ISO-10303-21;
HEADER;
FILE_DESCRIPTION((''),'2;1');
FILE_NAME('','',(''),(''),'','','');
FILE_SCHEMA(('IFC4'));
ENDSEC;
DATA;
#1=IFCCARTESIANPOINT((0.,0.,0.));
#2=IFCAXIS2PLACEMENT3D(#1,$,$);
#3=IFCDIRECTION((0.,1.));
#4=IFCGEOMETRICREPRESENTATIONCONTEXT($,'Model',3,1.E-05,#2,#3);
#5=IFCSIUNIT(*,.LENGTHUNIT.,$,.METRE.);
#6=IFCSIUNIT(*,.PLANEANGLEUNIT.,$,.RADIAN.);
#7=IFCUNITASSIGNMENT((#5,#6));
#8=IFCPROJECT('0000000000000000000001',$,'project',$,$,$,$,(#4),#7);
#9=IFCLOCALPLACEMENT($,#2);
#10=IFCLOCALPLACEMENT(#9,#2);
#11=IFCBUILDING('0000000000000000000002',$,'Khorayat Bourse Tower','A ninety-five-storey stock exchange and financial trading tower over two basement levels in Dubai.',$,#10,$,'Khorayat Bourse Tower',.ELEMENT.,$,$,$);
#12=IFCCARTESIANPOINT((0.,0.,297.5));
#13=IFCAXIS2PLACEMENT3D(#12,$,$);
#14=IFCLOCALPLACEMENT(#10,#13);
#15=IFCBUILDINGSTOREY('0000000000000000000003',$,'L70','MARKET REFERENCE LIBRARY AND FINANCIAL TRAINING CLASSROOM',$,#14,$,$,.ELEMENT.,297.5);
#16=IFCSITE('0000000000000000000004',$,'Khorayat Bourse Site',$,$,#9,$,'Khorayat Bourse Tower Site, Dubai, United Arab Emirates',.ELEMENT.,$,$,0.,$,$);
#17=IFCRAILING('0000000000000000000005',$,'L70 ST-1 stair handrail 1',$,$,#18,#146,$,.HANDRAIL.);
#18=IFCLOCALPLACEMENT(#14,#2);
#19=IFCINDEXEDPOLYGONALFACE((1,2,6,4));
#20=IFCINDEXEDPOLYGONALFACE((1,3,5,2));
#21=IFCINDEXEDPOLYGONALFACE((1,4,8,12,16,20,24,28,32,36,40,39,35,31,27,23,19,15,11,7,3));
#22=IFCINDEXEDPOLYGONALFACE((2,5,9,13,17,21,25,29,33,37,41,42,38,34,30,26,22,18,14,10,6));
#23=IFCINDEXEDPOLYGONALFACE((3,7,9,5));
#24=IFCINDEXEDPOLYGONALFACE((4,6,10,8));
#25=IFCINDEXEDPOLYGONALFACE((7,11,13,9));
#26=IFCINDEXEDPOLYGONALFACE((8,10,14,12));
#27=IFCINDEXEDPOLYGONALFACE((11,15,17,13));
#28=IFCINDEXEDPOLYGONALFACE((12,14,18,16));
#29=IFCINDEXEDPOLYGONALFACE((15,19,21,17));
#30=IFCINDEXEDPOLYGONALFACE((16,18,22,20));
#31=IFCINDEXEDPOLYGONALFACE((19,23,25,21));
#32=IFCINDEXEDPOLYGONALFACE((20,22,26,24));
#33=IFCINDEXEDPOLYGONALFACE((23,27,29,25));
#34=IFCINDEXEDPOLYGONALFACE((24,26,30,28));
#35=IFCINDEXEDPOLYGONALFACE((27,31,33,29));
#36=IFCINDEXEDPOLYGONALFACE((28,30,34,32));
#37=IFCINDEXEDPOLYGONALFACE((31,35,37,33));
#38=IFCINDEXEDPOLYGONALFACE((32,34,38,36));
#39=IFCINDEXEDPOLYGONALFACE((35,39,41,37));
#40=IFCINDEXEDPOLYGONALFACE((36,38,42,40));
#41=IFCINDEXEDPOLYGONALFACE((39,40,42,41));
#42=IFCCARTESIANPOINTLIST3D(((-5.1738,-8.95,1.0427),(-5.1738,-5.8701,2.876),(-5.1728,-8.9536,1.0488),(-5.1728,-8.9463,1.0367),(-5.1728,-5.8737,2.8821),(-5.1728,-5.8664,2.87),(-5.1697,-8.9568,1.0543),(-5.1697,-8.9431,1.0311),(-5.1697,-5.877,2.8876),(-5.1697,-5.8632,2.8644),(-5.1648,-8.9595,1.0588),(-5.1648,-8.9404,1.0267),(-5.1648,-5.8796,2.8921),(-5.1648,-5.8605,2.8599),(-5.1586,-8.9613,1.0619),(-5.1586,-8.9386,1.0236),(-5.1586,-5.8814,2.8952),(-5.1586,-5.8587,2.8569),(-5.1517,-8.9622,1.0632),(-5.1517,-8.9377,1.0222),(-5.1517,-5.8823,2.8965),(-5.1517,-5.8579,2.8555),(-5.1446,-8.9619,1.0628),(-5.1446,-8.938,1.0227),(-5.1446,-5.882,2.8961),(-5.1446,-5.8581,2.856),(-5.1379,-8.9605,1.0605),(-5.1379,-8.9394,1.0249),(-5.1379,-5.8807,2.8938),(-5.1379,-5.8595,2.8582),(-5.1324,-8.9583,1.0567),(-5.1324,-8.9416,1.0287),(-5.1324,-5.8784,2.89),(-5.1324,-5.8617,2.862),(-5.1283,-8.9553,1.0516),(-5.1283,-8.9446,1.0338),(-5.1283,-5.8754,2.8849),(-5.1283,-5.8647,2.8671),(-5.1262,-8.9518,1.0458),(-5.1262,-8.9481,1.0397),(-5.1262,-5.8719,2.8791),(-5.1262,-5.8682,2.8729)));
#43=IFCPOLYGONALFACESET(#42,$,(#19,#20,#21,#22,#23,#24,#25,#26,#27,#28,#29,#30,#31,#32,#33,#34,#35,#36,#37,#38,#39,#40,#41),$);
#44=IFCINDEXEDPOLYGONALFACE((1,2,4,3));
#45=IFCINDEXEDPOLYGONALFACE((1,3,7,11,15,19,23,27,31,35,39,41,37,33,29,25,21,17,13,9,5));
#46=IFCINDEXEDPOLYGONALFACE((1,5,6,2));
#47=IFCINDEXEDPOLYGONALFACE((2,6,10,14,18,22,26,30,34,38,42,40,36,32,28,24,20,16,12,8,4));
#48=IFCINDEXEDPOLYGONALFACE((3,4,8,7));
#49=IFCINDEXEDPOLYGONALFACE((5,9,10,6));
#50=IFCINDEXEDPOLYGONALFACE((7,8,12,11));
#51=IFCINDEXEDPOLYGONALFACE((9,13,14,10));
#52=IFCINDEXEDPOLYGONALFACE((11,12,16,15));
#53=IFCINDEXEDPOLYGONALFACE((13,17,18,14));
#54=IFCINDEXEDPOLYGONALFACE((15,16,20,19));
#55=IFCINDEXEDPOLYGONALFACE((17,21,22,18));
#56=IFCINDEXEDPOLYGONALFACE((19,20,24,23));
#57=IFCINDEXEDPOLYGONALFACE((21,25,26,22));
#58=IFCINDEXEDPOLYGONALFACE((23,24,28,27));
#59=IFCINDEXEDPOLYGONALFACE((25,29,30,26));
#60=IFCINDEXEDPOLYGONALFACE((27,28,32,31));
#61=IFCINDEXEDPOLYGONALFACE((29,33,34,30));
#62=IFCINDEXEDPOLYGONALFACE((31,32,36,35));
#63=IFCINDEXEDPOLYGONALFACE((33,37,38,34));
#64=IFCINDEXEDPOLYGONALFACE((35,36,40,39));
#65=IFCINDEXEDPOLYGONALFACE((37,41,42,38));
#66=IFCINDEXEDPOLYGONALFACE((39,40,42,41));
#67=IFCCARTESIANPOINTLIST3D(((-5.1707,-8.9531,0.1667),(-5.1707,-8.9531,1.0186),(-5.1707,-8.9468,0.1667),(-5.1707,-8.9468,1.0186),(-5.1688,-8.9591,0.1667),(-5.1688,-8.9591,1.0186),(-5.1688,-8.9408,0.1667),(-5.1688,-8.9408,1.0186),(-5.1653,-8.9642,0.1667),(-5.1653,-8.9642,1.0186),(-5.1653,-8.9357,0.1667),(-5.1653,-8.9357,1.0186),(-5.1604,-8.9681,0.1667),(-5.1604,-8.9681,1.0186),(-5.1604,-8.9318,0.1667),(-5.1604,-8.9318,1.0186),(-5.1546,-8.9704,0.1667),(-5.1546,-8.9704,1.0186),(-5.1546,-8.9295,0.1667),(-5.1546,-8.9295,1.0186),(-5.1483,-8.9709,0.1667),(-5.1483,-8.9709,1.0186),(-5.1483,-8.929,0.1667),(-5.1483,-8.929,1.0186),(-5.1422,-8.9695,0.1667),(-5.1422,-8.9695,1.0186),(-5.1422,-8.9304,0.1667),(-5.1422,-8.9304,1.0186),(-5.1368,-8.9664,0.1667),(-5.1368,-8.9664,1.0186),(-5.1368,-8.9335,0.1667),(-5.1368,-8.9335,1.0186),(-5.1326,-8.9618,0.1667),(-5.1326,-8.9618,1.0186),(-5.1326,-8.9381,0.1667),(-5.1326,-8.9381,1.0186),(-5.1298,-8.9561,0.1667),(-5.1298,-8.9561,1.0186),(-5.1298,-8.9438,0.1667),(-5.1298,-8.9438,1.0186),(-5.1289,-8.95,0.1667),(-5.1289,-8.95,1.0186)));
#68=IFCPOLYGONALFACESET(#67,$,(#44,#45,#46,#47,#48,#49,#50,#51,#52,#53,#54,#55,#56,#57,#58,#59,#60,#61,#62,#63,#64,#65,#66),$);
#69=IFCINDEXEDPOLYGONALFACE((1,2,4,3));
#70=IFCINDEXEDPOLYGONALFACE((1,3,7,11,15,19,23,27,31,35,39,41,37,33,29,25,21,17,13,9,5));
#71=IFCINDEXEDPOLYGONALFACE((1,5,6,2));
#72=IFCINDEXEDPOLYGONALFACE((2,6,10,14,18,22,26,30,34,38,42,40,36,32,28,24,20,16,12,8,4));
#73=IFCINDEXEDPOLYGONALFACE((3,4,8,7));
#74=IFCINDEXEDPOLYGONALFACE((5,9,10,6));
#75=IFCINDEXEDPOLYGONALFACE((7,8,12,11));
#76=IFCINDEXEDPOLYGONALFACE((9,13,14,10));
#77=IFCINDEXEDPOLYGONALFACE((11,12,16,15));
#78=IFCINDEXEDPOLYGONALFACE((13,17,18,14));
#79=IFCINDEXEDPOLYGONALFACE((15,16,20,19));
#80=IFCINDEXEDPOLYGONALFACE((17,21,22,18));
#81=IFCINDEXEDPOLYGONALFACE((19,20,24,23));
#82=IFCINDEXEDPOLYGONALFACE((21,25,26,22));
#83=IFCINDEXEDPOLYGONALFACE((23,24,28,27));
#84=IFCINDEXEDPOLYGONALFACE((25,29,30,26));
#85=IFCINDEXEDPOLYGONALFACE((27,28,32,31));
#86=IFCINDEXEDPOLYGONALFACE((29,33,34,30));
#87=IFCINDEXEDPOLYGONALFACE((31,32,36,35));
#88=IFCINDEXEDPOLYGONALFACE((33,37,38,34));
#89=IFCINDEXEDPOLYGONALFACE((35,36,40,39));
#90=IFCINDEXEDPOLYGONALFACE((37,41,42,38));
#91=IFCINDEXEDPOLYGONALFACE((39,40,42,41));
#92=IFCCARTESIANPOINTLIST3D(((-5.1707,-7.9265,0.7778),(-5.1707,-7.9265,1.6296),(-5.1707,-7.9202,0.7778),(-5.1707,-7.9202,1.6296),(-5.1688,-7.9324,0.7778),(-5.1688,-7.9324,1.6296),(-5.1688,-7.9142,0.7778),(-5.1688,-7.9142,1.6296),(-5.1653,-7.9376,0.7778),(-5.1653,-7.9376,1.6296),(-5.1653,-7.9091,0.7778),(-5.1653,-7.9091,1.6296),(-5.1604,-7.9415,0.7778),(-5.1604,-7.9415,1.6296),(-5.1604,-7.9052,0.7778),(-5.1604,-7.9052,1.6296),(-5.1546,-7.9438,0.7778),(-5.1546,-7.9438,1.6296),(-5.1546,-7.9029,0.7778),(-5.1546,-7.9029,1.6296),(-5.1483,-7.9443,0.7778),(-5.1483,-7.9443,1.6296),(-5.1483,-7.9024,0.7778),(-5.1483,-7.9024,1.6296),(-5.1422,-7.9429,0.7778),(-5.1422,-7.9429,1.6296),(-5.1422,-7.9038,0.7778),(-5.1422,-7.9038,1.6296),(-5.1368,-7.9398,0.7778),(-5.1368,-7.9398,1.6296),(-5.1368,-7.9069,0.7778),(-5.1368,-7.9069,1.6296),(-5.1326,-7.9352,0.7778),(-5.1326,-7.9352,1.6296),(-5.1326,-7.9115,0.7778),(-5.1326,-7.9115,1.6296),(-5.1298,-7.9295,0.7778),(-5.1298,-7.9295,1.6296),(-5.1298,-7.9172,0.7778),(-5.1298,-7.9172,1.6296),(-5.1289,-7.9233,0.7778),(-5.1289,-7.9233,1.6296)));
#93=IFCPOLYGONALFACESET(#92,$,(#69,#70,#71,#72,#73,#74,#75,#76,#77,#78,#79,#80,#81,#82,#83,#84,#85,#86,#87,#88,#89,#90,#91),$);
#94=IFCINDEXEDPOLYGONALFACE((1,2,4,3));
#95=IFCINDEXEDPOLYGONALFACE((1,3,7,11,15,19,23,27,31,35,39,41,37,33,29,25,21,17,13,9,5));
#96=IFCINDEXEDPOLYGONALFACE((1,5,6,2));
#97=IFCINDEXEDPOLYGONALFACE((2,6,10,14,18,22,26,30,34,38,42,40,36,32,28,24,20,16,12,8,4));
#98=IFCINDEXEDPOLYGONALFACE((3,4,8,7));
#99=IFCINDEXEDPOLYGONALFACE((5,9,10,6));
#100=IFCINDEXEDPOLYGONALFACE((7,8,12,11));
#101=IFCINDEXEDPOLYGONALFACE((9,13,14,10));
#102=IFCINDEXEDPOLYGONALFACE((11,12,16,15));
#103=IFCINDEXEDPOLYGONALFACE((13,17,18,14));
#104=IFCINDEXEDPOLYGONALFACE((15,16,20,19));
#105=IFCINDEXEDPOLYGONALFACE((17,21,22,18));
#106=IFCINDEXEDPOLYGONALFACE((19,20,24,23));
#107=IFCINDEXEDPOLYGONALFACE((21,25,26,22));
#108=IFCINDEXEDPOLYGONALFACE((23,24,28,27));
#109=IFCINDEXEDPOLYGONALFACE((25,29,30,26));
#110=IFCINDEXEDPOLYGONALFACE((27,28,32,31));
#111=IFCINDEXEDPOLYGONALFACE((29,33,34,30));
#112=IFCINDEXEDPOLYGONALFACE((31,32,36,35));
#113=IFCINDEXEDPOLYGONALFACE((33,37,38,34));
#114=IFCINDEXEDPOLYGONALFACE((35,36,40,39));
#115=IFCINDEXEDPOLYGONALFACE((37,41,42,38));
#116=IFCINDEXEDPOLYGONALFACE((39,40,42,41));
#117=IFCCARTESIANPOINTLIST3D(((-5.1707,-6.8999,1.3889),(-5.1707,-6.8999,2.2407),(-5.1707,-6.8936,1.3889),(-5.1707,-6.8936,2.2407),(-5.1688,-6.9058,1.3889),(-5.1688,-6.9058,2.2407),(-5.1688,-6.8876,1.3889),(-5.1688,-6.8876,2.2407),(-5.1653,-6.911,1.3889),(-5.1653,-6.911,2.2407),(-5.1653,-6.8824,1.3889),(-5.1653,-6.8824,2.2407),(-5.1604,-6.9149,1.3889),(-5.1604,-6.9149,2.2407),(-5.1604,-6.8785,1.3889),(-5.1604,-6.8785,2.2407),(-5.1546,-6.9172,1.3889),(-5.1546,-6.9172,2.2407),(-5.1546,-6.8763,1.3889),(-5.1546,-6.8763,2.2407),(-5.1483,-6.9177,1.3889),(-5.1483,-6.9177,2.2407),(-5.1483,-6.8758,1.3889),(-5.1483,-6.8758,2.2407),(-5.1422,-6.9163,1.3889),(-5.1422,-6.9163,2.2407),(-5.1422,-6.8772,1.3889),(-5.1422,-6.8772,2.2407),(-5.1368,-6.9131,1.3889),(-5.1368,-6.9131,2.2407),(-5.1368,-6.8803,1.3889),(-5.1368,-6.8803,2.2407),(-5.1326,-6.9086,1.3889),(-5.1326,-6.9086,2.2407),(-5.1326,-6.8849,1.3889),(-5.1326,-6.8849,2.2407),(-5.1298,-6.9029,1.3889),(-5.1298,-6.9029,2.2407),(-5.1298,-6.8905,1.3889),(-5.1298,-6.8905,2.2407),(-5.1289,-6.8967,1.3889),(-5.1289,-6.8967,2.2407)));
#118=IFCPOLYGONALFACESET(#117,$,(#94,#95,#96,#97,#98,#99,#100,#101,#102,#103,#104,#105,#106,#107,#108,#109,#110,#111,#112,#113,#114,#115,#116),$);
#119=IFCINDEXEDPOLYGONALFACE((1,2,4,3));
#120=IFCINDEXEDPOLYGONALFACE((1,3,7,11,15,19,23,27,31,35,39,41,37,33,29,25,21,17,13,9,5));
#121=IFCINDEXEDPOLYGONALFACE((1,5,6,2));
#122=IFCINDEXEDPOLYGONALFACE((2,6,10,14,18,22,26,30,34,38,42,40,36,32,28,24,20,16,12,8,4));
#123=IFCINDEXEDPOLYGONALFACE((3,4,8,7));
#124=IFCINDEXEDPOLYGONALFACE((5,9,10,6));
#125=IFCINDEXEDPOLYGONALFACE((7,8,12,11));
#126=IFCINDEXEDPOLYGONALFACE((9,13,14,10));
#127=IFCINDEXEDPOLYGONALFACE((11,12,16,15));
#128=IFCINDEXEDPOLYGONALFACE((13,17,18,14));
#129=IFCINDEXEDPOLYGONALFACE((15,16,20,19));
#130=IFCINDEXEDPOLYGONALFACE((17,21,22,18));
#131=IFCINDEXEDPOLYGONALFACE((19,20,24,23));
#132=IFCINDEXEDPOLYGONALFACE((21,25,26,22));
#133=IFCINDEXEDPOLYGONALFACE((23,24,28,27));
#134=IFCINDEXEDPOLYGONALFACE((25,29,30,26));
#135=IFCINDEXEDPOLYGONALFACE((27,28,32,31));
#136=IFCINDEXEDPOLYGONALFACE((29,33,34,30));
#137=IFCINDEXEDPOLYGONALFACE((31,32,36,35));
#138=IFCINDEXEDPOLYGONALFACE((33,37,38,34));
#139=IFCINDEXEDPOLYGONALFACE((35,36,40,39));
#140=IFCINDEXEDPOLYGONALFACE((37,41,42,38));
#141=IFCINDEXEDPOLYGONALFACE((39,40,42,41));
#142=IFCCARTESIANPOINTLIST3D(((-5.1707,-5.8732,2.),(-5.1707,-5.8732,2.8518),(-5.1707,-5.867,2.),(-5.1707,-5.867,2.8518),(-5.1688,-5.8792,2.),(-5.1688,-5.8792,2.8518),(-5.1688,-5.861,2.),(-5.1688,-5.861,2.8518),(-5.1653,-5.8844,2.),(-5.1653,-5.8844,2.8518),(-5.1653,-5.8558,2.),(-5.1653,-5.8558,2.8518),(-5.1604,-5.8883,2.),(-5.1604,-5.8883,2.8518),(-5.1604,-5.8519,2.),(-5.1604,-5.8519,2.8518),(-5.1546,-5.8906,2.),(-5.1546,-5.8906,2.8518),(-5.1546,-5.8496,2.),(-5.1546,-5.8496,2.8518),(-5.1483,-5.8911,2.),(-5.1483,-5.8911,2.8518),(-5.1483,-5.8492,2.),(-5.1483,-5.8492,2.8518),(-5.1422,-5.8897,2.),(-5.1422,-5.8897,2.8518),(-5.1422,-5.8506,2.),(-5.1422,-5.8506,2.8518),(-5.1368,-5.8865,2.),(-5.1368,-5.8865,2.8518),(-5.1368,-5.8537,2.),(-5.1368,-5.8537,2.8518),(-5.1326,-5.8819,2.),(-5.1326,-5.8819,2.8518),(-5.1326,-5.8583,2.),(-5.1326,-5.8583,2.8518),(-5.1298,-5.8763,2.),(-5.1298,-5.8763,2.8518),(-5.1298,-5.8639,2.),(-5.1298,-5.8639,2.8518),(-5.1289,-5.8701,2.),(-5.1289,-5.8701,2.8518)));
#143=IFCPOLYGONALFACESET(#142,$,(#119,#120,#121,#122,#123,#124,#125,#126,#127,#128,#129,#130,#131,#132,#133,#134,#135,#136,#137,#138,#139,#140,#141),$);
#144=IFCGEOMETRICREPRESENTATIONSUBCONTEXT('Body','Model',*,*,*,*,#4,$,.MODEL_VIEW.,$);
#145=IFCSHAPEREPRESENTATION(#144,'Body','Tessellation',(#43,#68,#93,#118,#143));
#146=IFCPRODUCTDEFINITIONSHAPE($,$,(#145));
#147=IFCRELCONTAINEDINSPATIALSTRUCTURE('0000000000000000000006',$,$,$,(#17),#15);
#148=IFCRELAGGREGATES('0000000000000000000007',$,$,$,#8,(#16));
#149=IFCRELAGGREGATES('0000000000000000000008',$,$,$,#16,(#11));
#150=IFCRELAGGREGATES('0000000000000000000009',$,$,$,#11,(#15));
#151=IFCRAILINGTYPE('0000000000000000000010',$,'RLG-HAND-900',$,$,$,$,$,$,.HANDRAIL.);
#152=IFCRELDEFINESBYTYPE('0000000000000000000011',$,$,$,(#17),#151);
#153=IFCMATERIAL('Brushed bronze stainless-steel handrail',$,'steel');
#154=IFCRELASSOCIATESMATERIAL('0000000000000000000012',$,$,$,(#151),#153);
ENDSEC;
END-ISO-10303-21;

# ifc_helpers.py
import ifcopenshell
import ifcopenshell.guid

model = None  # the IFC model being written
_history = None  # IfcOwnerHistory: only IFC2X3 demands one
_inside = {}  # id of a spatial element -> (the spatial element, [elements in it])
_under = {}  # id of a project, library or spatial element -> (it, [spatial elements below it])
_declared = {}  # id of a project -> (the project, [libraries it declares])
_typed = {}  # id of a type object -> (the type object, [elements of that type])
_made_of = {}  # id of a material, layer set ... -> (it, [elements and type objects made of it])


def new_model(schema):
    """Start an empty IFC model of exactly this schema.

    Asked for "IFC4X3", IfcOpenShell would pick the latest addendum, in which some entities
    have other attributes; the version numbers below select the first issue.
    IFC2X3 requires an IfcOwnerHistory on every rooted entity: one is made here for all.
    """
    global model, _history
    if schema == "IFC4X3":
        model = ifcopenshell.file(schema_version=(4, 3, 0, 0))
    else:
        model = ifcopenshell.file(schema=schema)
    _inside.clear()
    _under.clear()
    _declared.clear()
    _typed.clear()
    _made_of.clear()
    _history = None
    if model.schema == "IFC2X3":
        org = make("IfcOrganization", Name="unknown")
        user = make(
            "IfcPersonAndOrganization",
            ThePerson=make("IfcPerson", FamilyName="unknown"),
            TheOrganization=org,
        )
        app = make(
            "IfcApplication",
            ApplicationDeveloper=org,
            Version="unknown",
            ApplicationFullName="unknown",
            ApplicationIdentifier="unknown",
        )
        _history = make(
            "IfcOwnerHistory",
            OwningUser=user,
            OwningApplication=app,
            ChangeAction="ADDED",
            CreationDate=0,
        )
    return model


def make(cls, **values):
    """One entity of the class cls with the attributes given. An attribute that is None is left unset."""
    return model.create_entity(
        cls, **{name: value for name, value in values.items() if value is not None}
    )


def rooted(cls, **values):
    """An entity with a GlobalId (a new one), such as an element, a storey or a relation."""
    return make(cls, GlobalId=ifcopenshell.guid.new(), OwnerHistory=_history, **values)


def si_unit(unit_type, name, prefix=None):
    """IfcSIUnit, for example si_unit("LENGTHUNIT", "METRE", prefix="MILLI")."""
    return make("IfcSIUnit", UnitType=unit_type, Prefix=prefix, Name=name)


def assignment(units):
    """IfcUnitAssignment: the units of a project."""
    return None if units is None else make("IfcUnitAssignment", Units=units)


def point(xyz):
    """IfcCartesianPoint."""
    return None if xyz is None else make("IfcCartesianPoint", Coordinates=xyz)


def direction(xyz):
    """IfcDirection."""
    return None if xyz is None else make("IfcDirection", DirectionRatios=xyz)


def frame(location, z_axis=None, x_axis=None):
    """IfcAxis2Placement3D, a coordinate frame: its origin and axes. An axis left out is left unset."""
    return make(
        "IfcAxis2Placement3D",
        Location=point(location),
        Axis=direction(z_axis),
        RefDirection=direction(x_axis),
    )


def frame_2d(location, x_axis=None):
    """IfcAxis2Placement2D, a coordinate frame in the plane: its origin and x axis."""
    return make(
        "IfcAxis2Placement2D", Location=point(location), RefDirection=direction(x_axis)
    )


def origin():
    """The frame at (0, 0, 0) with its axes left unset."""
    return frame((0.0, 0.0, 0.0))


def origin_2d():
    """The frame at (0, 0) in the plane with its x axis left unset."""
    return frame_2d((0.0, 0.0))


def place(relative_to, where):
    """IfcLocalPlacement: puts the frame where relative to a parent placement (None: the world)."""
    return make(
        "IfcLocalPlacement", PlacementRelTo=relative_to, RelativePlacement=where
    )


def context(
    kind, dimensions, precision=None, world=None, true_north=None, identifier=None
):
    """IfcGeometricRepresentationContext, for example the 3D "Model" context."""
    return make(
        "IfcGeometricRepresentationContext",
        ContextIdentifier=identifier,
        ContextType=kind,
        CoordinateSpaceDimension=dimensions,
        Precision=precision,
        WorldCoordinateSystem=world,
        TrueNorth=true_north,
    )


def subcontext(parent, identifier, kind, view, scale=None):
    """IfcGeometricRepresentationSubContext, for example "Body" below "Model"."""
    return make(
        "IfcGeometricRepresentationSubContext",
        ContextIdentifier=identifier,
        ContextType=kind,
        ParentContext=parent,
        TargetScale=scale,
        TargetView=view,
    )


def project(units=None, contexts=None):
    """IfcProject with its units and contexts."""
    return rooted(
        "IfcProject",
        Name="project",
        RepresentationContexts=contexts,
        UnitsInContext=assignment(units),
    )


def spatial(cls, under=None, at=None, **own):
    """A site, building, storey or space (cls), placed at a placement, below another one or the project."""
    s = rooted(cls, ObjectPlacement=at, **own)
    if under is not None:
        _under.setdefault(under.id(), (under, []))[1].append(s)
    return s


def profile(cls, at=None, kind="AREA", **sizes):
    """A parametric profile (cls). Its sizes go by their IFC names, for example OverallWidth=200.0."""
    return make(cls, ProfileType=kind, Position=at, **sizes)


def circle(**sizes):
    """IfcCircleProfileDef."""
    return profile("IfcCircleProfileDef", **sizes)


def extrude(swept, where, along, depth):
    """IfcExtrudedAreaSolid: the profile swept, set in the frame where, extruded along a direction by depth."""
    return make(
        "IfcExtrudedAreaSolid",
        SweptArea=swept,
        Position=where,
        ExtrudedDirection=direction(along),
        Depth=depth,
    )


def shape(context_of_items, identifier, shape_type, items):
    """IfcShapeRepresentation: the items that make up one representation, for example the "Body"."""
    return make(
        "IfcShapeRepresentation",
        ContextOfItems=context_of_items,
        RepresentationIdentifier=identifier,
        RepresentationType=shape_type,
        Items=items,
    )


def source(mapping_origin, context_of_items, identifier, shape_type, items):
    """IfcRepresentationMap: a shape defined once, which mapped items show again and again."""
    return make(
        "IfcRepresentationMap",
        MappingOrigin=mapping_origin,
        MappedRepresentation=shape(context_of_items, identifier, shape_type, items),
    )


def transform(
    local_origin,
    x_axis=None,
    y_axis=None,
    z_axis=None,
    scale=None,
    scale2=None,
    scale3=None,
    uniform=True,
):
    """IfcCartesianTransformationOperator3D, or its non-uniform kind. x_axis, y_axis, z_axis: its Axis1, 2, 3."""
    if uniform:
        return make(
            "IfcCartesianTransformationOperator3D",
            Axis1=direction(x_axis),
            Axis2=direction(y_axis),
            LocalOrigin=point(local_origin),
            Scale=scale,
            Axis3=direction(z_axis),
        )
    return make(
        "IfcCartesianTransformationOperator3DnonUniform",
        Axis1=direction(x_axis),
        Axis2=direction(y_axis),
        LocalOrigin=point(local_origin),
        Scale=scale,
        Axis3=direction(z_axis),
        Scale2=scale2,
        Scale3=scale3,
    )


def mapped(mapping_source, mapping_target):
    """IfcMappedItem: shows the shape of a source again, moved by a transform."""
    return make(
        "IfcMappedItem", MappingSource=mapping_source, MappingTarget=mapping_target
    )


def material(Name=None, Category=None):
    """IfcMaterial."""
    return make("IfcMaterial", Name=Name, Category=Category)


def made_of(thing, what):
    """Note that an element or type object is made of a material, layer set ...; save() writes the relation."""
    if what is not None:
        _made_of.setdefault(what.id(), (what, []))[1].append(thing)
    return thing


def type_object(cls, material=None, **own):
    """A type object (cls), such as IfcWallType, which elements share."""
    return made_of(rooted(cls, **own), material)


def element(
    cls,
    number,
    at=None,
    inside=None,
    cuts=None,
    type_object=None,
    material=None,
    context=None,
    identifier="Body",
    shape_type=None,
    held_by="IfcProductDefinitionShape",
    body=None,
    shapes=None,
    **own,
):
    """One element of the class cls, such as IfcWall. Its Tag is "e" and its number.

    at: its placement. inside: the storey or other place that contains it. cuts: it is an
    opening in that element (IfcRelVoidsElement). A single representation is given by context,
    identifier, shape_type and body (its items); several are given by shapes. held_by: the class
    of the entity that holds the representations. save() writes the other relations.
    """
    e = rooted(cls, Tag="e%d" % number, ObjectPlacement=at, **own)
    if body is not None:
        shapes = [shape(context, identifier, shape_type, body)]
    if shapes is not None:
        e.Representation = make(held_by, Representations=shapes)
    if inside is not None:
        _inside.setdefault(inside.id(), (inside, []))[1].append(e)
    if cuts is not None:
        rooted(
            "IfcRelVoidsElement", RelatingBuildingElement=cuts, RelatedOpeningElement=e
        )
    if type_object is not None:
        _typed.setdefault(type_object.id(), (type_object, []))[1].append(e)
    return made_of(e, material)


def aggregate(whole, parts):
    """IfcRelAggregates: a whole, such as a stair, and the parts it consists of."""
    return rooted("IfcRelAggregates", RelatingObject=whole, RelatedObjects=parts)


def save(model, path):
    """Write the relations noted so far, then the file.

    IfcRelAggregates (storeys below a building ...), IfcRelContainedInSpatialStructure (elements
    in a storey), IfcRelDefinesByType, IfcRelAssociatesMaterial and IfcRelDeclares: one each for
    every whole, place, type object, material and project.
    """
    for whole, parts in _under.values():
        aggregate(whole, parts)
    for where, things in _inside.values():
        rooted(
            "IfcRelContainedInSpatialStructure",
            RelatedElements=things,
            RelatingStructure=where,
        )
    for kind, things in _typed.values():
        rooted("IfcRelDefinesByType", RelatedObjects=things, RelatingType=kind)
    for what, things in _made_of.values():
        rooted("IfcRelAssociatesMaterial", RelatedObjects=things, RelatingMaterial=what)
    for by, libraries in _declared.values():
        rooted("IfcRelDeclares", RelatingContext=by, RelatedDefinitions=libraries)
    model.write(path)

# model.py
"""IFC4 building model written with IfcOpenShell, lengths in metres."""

from ifc_helpers import new_model, si_unit, direction, frame, origin, origin_2d, place, context, subcontext, project, spatial, circle, extrude, source, transform, mapped, material, type_object, element, save


model = new_model("IFC4")

# Units and contexts
model_context = context("Model", 3, precision=1e-05, world=origin(), true_north=direction((0.0, 1.0)))
body_context = subcontext(model_context, "Body", "Model", "MODEL_VIEW")
ifc_project = project(units=[si_unit("LENGTHUNIT", "METRE"), si_unit("PLANEANGLEUNIT", "RADIAN")], contexts=[model_context])

# Site, building, storey
site_placement = place(None, origin())
site = spatial("IfcSite", under=ifc_project, at=site_placement, Name="Khorayat Bourse Site", LongName="Khorayat Bourse Tower Site, Dubai, United Arab Emirates", CompositionType="ELEMENT", RefElevation=0.0)
building_placement = place(site_placement, origin())
building = spatial("IfcBuilding", under=site, at=building_placement, Name="Khorayat Bourse Tower", Description="A ninety-five-storey stock exchange and financial trading tower over two basement levels in Dubai.", LongName="Khorayat Bourse Tower", CompositionType="ELEMENT")
storey_placement = place(building_placement, frame((0.0, 0.0, 297.5)))
storey = spatial("IfcBuildingStorey", under=building, at=storey_placement, Name="L70", Description="MARKET REFERENCE LIBRARY AND FINANCIAL TRAINING CLASSROOM", CompositionType="ELEMENT", Elevation=297.5)

# Railing
ifc_material_1 = material(Name="Brushed bronze stainless-steel handrail", Category="steel")
railing_type_1 = type_object("IfcRailingType", Name="RLG-HAND-900", PredefinedType="HANDRAIL", material=ifc_material_1)
shared_shape_1 = source(origin(), body_context, "Body", "SweptSolid", [
    extrude(circle(Radius=0.0239, at=origin_2d()), frame((0.0, 0.0, 0.876), z_axis=(0.0, 0.859291, 0.511487), x_axis=(-1.0, 0.0, 0.0)), (0.0, 0.0, 1.0), 3.5842),
    extrude(circle(Radius=0.021, at=origin_2d()), origin(), (0.0, 0.0, 1.0), 0.8518),
    extrude(circle(Radius=0.021, at=origin_2d()), frame((0.0, 1.0266, 0.6111)), (0.0, 0.0, 1.0), 0.8518),
    extrude(circle(Radius=0.021, at=origin_2d()), frame((0.0, 2.0532, 1.2222)), (0.0, 0.0, 1.0), 0.8518),
    extrude(circle(Radius=0.021, at=origin_2d()), frame((0.0, 3.0798, 1.8333)), (0.0, 0.0, 1.0), 0.8518),
])
railing_1_placement = place(storey_placement, frame((-5.1499, -8.95, 0.1667)))
element("IfcRailing", 1, at=railing_1_placement, inside=storey, type_object=railing_type_1, Name="L70 ST-1 stair handrail 1", PredefinedType="HANDRAIL", context=body_context, shape_type="MappedRepresentation", body=[
    mapped(shared_shape_1, transform((0.0, 0.0, 0.0), scale=1.0)),
])

save(model, "model.ifc")
